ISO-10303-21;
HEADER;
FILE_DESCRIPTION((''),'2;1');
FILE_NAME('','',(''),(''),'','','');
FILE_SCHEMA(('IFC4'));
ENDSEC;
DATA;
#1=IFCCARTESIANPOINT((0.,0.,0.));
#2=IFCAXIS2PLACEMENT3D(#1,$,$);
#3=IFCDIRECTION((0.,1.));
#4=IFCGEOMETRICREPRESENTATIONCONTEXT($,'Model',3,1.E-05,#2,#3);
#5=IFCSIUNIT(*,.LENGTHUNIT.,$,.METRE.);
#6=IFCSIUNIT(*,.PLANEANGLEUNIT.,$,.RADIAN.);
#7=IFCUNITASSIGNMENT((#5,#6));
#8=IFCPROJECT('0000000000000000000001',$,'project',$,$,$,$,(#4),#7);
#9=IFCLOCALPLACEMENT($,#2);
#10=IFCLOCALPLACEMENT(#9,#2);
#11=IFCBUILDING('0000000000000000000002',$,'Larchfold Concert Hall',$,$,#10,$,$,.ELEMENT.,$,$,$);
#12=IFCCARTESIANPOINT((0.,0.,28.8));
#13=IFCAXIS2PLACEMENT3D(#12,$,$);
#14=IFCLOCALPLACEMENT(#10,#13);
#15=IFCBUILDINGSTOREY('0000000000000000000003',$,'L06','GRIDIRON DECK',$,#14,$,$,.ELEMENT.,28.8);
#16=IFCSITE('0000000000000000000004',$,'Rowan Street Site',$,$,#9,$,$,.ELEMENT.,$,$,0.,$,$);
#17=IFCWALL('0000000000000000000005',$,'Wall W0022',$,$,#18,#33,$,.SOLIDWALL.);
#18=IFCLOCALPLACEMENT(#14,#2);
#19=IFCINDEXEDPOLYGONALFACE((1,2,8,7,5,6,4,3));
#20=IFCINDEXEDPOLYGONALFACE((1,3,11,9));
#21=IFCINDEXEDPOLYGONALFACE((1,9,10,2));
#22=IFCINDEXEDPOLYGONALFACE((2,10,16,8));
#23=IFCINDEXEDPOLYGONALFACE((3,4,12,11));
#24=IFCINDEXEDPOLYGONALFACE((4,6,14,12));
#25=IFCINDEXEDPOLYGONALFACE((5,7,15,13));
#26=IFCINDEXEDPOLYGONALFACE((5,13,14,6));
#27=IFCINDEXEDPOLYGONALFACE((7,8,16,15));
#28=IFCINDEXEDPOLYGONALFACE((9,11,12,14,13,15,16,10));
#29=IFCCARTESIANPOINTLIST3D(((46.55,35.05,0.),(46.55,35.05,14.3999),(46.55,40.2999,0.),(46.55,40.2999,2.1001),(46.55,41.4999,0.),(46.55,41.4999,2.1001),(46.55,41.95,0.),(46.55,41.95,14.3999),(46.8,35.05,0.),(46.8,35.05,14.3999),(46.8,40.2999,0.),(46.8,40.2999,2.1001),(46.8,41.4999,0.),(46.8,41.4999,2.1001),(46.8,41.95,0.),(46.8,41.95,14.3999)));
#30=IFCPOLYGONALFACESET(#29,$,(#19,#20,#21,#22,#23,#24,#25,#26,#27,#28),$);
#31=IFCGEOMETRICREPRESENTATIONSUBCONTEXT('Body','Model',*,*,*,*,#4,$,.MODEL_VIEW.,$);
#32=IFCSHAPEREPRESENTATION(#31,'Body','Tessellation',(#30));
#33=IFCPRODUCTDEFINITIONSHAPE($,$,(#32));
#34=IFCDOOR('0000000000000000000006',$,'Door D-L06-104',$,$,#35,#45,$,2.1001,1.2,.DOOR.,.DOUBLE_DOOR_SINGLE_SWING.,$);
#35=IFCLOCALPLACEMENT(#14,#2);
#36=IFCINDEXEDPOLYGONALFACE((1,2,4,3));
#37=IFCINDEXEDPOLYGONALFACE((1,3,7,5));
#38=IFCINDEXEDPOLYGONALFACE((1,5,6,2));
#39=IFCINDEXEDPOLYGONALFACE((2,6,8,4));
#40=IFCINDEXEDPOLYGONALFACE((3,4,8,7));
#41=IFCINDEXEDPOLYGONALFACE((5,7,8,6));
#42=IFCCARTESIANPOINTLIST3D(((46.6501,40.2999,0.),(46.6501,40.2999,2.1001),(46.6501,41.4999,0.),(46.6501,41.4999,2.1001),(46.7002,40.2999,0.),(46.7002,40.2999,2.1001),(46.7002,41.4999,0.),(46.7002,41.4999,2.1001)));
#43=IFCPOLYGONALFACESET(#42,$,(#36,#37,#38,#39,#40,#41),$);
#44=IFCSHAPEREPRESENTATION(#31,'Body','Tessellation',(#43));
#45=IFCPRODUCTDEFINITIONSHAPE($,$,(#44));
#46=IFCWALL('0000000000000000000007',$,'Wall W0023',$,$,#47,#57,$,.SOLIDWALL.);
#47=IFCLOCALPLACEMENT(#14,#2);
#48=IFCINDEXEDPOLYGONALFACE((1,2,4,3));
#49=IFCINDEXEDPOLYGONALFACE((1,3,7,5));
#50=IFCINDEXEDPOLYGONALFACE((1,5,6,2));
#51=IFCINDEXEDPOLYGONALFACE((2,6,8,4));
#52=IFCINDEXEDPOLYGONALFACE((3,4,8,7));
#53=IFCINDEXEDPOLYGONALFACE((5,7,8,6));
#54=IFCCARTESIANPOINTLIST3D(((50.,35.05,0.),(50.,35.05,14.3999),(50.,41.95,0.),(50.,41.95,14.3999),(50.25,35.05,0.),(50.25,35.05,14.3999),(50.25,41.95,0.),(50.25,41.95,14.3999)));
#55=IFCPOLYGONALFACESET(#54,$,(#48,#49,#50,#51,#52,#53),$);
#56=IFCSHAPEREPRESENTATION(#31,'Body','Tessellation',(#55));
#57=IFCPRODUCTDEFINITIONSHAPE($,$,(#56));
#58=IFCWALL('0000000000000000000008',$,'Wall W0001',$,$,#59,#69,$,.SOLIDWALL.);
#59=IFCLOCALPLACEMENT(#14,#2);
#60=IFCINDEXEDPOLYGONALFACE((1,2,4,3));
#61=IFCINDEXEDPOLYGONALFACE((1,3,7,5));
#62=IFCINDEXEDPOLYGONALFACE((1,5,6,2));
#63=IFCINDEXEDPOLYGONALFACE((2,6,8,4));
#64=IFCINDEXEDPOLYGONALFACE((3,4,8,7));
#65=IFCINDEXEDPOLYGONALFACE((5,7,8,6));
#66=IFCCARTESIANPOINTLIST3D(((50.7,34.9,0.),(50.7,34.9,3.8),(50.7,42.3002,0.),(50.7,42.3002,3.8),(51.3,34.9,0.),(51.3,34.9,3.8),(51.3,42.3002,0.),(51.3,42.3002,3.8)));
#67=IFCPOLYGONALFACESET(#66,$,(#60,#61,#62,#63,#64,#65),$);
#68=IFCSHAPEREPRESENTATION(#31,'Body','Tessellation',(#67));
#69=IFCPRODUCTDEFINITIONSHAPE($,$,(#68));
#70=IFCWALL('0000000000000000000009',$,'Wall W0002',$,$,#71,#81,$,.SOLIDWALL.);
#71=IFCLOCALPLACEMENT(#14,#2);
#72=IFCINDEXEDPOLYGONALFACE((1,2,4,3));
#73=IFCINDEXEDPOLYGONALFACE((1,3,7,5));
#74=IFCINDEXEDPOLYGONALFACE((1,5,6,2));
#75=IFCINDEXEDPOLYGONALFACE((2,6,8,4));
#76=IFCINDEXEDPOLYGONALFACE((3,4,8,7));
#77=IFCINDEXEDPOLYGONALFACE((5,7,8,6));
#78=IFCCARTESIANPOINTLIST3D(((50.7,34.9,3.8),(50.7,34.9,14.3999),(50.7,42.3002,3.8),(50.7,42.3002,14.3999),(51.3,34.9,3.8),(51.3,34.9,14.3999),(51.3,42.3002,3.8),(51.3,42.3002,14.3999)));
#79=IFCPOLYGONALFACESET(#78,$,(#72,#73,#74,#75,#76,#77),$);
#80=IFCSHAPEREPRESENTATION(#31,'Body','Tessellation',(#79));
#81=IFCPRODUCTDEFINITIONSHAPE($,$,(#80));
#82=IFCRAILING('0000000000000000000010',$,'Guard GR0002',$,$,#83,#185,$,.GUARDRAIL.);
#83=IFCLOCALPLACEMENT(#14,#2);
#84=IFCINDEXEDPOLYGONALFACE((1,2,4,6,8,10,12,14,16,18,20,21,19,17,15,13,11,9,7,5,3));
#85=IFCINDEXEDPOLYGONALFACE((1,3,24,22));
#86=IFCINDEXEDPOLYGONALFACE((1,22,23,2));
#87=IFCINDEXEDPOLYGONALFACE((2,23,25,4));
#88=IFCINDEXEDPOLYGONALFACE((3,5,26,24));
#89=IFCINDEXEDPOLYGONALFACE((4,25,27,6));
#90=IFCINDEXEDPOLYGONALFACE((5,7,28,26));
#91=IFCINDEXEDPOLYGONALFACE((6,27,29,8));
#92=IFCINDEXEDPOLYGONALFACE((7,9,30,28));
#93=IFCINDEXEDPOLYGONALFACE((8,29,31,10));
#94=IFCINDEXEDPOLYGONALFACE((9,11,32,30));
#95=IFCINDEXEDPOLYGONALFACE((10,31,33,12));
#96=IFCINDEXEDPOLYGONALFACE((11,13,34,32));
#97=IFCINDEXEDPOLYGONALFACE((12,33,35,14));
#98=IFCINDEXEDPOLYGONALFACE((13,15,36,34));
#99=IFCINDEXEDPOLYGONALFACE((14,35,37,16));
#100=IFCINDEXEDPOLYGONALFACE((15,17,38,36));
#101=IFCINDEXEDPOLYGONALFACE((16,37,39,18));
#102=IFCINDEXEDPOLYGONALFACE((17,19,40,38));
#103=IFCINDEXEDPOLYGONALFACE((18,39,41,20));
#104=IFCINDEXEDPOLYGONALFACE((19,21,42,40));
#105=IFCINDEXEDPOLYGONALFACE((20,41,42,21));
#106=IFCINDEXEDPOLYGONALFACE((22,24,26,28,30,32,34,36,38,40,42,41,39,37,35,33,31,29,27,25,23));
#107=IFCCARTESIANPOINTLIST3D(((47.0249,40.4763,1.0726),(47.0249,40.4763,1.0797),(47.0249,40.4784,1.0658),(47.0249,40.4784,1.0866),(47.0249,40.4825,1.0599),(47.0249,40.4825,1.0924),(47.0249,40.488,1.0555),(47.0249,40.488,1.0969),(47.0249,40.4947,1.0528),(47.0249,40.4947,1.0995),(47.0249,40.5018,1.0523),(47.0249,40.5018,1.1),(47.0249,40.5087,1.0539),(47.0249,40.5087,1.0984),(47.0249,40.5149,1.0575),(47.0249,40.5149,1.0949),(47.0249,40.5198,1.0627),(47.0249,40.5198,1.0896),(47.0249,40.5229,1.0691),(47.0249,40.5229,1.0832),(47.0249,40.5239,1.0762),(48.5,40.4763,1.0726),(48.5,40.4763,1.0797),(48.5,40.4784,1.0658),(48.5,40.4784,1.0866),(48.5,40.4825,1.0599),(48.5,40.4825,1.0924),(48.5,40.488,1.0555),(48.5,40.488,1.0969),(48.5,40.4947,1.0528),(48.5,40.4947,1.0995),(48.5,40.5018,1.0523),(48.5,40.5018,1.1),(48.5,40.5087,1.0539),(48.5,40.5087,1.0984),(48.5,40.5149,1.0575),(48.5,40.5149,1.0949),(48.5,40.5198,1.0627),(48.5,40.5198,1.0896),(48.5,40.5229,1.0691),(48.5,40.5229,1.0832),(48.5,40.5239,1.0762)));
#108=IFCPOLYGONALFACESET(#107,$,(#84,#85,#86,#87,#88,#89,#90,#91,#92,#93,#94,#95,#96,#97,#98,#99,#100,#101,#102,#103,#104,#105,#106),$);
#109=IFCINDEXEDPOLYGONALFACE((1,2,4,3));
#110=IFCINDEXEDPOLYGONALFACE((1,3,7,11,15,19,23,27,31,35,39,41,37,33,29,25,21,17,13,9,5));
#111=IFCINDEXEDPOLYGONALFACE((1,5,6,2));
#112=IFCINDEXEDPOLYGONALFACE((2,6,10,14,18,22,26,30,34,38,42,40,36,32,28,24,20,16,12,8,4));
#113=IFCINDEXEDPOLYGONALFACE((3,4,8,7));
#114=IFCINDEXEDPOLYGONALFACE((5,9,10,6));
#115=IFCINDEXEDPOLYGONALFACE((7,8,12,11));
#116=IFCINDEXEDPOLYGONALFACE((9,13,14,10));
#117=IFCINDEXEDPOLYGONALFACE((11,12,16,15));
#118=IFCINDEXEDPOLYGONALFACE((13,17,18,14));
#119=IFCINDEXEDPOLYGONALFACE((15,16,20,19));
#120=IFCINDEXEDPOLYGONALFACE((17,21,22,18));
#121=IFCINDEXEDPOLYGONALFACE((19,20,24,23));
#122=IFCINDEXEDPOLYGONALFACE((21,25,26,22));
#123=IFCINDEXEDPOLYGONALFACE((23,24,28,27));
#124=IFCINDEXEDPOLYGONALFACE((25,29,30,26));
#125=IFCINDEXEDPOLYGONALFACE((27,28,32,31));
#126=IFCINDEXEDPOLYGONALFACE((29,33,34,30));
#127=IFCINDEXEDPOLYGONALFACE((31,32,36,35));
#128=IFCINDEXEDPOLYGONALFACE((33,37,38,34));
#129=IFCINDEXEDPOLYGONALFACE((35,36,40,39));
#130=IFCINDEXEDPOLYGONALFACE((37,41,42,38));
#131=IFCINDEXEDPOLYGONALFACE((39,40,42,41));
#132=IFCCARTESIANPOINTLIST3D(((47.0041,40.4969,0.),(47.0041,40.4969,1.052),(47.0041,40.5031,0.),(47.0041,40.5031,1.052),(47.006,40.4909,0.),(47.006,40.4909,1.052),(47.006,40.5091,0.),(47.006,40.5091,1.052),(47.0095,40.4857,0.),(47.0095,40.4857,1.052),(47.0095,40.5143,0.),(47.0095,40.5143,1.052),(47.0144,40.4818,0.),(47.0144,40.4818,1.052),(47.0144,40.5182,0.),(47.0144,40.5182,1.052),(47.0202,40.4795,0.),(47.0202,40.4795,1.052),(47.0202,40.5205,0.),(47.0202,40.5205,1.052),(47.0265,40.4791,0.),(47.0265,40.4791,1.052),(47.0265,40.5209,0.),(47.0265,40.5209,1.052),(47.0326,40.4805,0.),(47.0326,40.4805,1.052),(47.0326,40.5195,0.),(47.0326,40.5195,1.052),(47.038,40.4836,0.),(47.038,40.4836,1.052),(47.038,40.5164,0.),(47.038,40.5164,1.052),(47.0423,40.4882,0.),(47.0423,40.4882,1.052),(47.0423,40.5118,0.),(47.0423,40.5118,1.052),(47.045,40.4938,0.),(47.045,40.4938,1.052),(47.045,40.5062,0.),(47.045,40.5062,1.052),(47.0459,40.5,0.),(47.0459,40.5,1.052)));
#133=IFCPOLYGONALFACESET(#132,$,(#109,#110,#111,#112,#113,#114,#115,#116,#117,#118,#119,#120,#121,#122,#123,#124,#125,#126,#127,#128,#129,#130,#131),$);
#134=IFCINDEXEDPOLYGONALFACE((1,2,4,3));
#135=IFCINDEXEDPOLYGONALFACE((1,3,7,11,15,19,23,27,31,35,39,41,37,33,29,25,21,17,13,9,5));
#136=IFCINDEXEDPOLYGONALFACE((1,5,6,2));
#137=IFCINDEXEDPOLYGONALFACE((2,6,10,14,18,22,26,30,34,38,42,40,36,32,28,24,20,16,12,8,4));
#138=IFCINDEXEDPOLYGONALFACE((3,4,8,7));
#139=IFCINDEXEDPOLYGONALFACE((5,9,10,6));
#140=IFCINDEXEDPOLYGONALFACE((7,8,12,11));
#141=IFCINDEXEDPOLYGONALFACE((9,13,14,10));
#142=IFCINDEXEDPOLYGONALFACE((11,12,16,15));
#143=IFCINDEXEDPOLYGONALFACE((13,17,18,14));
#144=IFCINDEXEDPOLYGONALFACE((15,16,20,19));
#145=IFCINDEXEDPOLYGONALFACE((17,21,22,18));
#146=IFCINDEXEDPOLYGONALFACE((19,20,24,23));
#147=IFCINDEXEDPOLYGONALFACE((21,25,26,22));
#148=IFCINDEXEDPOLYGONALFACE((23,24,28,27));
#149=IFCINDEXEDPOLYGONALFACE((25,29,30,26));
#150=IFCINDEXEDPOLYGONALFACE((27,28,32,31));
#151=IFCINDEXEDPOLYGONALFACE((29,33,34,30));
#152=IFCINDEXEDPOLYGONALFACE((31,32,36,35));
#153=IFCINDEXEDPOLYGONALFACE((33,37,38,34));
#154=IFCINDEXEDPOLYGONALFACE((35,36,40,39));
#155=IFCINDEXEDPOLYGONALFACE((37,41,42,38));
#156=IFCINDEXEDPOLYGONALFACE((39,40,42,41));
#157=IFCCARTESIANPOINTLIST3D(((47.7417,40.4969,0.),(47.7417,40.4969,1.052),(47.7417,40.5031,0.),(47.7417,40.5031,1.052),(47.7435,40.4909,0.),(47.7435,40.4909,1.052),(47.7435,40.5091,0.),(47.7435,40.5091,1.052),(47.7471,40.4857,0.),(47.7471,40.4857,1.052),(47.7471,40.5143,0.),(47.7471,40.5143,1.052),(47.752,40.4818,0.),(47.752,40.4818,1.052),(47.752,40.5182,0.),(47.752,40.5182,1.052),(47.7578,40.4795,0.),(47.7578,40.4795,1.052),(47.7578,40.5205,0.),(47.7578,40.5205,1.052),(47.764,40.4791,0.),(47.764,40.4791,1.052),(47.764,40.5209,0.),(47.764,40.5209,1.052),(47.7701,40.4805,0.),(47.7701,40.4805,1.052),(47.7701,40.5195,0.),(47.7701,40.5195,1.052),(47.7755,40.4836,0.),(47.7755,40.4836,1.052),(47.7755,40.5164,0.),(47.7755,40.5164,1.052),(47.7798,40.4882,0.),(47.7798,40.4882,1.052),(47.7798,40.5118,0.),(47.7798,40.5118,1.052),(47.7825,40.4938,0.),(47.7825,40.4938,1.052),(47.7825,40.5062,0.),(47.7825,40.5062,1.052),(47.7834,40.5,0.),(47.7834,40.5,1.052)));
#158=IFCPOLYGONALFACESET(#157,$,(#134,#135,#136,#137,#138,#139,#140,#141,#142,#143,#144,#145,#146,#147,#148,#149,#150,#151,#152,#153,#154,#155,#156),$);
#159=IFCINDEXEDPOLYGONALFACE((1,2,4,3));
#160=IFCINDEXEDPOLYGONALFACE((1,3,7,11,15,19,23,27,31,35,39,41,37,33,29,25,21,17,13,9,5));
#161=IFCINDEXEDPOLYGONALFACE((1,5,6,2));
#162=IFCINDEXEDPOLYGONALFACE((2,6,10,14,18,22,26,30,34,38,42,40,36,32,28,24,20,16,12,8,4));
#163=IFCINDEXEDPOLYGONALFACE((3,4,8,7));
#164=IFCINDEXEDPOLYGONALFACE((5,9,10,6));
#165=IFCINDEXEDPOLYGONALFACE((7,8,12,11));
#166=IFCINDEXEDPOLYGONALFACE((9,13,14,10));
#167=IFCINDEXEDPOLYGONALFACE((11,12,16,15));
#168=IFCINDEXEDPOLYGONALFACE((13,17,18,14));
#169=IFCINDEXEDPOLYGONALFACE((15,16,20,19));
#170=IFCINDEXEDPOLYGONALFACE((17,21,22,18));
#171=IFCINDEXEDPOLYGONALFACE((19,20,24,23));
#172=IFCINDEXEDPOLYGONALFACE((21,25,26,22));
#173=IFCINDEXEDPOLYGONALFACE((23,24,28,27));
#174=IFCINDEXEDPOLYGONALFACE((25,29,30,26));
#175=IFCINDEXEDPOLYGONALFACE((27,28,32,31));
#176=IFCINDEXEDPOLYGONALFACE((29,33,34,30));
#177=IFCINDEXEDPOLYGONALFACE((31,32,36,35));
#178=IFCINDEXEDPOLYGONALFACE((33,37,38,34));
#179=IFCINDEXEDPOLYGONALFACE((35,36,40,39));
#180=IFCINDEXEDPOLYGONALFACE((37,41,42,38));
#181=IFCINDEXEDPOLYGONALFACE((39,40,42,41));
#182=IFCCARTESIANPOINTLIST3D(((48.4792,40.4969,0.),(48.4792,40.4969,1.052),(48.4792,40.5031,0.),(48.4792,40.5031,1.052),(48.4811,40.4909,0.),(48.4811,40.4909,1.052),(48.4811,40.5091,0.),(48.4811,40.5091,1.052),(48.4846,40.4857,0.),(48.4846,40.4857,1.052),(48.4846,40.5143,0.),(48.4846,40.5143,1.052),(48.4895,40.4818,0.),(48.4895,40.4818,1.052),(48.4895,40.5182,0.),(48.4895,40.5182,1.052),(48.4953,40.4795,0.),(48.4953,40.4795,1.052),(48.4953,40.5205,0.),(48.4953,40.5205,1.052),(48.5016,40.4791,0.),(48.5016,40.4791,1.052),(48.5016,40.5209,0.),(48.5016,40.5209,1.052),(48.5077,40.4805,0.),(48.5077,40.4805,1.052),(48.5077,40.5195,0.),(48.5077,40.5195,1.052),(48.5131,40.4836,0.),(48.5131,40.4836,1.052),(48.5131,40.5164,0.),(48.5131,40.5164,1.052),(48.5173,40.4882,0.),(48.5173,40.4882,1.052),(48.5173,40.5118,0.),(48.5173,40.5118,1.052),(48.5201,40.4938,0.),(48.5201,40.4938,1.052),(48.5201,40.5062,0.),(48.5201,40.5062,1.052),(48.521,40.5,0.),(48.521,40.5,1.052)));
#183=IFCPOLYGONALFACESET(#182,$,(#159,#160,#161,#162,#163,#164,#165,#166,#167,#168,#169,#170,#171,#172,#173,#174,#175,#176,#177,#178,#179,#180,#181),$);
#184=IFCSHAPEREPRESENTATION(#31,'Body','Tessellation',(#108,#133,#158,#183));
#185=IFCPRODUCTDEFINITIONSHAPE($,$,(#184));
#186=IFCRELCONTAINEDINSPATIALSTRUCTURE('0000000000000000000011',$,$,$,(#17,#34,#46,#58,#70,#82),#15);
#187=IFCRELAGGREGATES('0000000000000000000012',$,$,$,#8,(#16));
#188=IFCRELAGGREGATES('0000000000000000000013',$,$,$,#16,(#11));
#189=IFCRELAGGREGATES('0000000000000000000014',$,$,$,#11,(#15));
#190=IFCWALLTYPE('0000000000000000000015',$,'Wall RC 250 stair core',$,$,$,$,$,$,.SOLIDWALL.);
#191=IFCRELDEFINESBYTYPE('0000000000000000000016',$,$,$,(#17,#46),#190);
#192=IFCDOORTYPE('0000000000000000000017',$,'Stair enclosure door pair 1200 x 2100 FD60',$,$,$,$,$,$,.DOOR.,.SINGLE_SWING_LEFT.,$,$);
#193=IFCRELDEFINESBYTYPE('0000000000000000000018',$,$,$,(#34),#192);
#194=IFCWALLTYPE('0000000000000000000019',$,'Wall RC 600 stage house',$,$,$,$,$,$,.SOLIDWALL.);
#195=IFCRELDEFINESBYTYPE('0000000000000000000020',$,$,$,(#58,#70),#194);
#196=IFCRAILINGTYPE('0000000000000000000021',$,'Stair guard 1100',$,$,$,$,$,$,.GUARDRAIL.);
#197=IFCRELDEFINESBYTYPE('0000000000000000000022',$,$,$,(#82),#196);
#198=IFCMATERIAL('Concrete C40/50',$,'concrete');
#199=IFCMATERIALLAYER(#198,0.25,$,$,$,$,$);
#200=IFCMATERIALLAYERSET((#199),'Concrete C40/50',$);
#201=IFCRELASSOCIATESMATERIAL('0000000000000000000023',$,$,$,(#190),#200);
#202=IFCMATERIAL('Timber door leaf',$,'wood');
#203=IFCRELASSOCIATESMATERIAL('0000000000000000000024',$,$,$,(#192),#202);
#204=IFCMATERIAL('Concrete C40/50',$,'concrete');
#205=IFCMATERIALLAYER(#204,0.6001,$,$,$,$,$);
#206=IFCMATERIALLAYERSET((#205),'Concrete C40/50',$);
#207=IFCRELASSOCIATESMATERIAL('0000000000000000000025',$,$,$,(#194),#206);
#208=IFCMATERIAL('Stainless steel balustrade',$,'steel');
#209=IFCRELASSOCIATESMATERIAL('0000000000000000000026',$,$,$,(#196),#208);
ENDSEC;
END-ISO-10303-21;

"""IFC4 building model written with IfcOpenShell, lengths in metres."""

from ifc_helpers import new_model, si_unit, direction, frame, frame_2d, origin, origin_2d, place, context, subcontext, project, spatial, rectangle, circle, extrude, material, layer, layer_set, type_object, element, fill, save


model = new_model("IFC4")

# Units and contexts
model_context = context("Model", 3, precision=1e-05, world=origin(), true_north=direction((0.0, 1.0)))
body_context = subcontext(model_context, "Body", "Model", "MODEL_VIEW")
ifc_project = project(units=[si_unit("LENGTHUNIT", "METRE"), si_unit("PLANEANGLEUNIT", "RADIAN")], contexts=[model_context])

# Site, building, storey
site_placement = place(None, origin())
site = spatial("IfcSite", under=ifc_project, at=site_placement, Name="Rowan Street Site", CompositionType="ELEMENT", RefElevation=0.0)
building_placement = place(site_placement, origin())
building = spatial("IfcBuilding", under=site, at=building_placement, Name="Larchfold Concert Hall", CompositionType="ELEMENT")
storey_placement = place(building_placement, frame((0.0, 0.0, 28.8)))
storey = spatial("IfcBuildingStorey", under=building, at=storey_placement, Name="L06", Description="GRIDIRON DECK", CompositionType="ELEMENT", Elevation=28.8)

# Shared definitions
ifc_material_1 = material(Name="Concrete C40/50", Category="concrete")
ifc_layer_1 = layer(ifc_material_1, 0.25)
ifc_layer_set_1 = layer_set([ifc_layer_1], Name="Concrete C40/50")
wall_type_1 = type_object("IfcWallType", Name="Wall RC 250 stair core", PredefinedType="SOLIDWALL", material=ifc_layer_set_1)

# Wall, opening, door
wall_1_placement = place(storey_placement, frame((46.675, 35.05, 0.0), z_axis=(0.0, 0.0, 1.0), x_axis=(0.0, 1.0, 0.0)))
wall_1 = element("IfcWall", 1, at=wall_1_placement, inside=storey, type_object=wall_type_1, Name="Wall W0022", PredefinedType="SOLIDWALL", context=body_context, shape_type="SweptSolid", body=[
    extrude(rectangle(XDim=6.8999, YDim=0.25, at=frame_2d((3.45, 0.0))), origin(), (0.0, 0.0, 1.0), 14.3999),
])
opening_1_placement = place(wall_1_placement, frame((5.2498, 0.0, 0.0)))
opening_1 = element("IfcOpeningElement", 2, at=opening_1_placement, cuts=wall_1, PredefinedType="OPENING", context=body_context, shape_type="SweptSolid", body=[
    extrude(rectangle(XDim=1.2, YDim=2.1001, at=frame_2d((0.6001, 1.05))), frame((0.0, 0.135, 0.0), z_axis=(0.0, -1.0, 0.0), x_axis=(1.0, 0.0, 0.0)), (0.0, 0.0, 1.0), 0.27),
])
ifc_material_2 = material(Name="Timber door leaf", Category="wood")
door_type_1 = type_object("IfcDoorType", Name="Stair enclosure door pair 1200 x 2100 FD60", OperationType="SINGLE_SWING_LEFT", PredefinedType="DOOR", material=ifc_material_2)
door_1_placement = place(opening_1_placement, origin())
door_1 = element("IfcDoor", 3, at=door_1_placement, inside=storey, type_object=door_type_1, Name="Door D-L06-104", OperationType="DOUBLE_DOOR_SINGLE_SWING", OverallHeight=2.1001, OverallWidth=1.2, PredefinedType="DOOR", context=body_context, shape_type="SweptSolid", body=[
    extrude(rectangle(XDim=1.2, YDim=2.1001, at=frame_2d((0.6001, 1.05))), frame((0.0, 0.0249, 0.0), z_axis=(0.0, -1.0, 0.0), x_axis=(1.0, 0.0, 0.0)), (0.0, 0.0, 1.0), 0.05),
])
fill(opening_1, door_1)

# Walls
wall_2_placement = place(storey_placement, frame((50.125, 35.05, 0.0), z_axis=(0.0, 0.0, 1.0), x_axis=(0.0, 1.0, 0.0)))
element("IfcWall", 4, at=wall_2_placement, inside=storey, type_object=wall_type_1, Name="Wall W0023", PredefinedType="SOLIDWALL", context=body_context, shape_type="SweptSolid", body=[
    extrude(rectangle(XDim=6.8999, YDim=0.25, at=frame_2d((3.45, 0.0))), origin(), (0.0, 0.0, 1.0), 14.3999),
])
ifc_material_3 = material(Name="Concrete C40/50", Category="concrete")
ifc_layer_2 = layer(ifc_material_3, 0.6001)
ifc_layer_set_2 = layer_set([ifc_layer_2], Name="Concrete C40/50")
wall_type_2 = type_object("IfcWallType", Name="Wall RC 600 stage house", PredefinedType="SOLIDWALL", material=ifc_layer_set_2)
wall_3_placement = place(storey_placement, frame((51.0, 34.8999, 0.0), z_axis=(0.0, 0.0, 1.0), x_axis=(0.0, 1.0, 0.0)))
element("IfcWall", 5, at=wall_3_placement, inside=storey, type_object=wall_type_2, Name="Wall W0001", PredefinedType="SOLIDWALL", context=body_context, shape_type="SweptSolid", body=[
    extrude(rectangle(XDim=7.4001, YDim=0.6001, at=frame_2d((3.7002, 0.0))), origin(), (0.0, 0.0, 1.0), 3.8),
])
wall_4_placement = place(storey_placement, frame((51.0, 34.8999, 3.8), z_axis=(0.0, 0.0, 1.0), x_axis=(0.0, 1.0, 0.0)))
element("IfcWall", 6, at=wall_4_placement, inside=storey, type_object=wall_type_2, Name="Wall W0002", PredefinedType="SOLIDWALL", context=body_context, shape_type="SweptSolid", body=[
    extrude(rectangle(XDim=7.4001, YDim=0.6001, at=frame_2d((3.7002, 0.0))), origin(), (0.0, 0.0, 1.0), 10.5999),
])

# Railing
ifc_material_4 = material(Name="Stainless steel balustrade", Category="steel")
railing_type = type_object("IfcRailingType", Name="Stair guard 1100", PredefinedType="GUARDRAIL", material=ifc_material_4)
railing_placement = place(storey_placement, frame((47.0249, 40.5, 0.0)))
element("IfcRailing", 7, at=railing_placement, inside=storey, type_object=railing_type, Name="Guard GR0002", PredefinedType="GUARDRAIL", context=body_context, shape_type="SweptSolid", body=[
    extrude(circle(Radius=0.0239, at=origin_2d()), frame((0.0, 0.0, 1.0762), z_axis=(1.0, 0.0, 0.0), x_axis=(0.0, 1.0, 0.0)), (0.0, 0.0, 1.0), 1.4751),
    extrude(circle(Radius=0.021, at=origin_2d()), origin(), (0.0, 0.0, 1.0), 1.052),
    extrude(circle(Radius=0.021, at=origin_2d()), frame((0.7375, 0.0, 0.0)), (0.0, 0.0, 1.0), 1.052),
    extrude(circle(Radius=0.021, at=origin_2d()), frame((1.4751, 0.0, 0.0)), (0.0, 0.0, 1.0), 1.052),
])

save(model, "model.ifc")
